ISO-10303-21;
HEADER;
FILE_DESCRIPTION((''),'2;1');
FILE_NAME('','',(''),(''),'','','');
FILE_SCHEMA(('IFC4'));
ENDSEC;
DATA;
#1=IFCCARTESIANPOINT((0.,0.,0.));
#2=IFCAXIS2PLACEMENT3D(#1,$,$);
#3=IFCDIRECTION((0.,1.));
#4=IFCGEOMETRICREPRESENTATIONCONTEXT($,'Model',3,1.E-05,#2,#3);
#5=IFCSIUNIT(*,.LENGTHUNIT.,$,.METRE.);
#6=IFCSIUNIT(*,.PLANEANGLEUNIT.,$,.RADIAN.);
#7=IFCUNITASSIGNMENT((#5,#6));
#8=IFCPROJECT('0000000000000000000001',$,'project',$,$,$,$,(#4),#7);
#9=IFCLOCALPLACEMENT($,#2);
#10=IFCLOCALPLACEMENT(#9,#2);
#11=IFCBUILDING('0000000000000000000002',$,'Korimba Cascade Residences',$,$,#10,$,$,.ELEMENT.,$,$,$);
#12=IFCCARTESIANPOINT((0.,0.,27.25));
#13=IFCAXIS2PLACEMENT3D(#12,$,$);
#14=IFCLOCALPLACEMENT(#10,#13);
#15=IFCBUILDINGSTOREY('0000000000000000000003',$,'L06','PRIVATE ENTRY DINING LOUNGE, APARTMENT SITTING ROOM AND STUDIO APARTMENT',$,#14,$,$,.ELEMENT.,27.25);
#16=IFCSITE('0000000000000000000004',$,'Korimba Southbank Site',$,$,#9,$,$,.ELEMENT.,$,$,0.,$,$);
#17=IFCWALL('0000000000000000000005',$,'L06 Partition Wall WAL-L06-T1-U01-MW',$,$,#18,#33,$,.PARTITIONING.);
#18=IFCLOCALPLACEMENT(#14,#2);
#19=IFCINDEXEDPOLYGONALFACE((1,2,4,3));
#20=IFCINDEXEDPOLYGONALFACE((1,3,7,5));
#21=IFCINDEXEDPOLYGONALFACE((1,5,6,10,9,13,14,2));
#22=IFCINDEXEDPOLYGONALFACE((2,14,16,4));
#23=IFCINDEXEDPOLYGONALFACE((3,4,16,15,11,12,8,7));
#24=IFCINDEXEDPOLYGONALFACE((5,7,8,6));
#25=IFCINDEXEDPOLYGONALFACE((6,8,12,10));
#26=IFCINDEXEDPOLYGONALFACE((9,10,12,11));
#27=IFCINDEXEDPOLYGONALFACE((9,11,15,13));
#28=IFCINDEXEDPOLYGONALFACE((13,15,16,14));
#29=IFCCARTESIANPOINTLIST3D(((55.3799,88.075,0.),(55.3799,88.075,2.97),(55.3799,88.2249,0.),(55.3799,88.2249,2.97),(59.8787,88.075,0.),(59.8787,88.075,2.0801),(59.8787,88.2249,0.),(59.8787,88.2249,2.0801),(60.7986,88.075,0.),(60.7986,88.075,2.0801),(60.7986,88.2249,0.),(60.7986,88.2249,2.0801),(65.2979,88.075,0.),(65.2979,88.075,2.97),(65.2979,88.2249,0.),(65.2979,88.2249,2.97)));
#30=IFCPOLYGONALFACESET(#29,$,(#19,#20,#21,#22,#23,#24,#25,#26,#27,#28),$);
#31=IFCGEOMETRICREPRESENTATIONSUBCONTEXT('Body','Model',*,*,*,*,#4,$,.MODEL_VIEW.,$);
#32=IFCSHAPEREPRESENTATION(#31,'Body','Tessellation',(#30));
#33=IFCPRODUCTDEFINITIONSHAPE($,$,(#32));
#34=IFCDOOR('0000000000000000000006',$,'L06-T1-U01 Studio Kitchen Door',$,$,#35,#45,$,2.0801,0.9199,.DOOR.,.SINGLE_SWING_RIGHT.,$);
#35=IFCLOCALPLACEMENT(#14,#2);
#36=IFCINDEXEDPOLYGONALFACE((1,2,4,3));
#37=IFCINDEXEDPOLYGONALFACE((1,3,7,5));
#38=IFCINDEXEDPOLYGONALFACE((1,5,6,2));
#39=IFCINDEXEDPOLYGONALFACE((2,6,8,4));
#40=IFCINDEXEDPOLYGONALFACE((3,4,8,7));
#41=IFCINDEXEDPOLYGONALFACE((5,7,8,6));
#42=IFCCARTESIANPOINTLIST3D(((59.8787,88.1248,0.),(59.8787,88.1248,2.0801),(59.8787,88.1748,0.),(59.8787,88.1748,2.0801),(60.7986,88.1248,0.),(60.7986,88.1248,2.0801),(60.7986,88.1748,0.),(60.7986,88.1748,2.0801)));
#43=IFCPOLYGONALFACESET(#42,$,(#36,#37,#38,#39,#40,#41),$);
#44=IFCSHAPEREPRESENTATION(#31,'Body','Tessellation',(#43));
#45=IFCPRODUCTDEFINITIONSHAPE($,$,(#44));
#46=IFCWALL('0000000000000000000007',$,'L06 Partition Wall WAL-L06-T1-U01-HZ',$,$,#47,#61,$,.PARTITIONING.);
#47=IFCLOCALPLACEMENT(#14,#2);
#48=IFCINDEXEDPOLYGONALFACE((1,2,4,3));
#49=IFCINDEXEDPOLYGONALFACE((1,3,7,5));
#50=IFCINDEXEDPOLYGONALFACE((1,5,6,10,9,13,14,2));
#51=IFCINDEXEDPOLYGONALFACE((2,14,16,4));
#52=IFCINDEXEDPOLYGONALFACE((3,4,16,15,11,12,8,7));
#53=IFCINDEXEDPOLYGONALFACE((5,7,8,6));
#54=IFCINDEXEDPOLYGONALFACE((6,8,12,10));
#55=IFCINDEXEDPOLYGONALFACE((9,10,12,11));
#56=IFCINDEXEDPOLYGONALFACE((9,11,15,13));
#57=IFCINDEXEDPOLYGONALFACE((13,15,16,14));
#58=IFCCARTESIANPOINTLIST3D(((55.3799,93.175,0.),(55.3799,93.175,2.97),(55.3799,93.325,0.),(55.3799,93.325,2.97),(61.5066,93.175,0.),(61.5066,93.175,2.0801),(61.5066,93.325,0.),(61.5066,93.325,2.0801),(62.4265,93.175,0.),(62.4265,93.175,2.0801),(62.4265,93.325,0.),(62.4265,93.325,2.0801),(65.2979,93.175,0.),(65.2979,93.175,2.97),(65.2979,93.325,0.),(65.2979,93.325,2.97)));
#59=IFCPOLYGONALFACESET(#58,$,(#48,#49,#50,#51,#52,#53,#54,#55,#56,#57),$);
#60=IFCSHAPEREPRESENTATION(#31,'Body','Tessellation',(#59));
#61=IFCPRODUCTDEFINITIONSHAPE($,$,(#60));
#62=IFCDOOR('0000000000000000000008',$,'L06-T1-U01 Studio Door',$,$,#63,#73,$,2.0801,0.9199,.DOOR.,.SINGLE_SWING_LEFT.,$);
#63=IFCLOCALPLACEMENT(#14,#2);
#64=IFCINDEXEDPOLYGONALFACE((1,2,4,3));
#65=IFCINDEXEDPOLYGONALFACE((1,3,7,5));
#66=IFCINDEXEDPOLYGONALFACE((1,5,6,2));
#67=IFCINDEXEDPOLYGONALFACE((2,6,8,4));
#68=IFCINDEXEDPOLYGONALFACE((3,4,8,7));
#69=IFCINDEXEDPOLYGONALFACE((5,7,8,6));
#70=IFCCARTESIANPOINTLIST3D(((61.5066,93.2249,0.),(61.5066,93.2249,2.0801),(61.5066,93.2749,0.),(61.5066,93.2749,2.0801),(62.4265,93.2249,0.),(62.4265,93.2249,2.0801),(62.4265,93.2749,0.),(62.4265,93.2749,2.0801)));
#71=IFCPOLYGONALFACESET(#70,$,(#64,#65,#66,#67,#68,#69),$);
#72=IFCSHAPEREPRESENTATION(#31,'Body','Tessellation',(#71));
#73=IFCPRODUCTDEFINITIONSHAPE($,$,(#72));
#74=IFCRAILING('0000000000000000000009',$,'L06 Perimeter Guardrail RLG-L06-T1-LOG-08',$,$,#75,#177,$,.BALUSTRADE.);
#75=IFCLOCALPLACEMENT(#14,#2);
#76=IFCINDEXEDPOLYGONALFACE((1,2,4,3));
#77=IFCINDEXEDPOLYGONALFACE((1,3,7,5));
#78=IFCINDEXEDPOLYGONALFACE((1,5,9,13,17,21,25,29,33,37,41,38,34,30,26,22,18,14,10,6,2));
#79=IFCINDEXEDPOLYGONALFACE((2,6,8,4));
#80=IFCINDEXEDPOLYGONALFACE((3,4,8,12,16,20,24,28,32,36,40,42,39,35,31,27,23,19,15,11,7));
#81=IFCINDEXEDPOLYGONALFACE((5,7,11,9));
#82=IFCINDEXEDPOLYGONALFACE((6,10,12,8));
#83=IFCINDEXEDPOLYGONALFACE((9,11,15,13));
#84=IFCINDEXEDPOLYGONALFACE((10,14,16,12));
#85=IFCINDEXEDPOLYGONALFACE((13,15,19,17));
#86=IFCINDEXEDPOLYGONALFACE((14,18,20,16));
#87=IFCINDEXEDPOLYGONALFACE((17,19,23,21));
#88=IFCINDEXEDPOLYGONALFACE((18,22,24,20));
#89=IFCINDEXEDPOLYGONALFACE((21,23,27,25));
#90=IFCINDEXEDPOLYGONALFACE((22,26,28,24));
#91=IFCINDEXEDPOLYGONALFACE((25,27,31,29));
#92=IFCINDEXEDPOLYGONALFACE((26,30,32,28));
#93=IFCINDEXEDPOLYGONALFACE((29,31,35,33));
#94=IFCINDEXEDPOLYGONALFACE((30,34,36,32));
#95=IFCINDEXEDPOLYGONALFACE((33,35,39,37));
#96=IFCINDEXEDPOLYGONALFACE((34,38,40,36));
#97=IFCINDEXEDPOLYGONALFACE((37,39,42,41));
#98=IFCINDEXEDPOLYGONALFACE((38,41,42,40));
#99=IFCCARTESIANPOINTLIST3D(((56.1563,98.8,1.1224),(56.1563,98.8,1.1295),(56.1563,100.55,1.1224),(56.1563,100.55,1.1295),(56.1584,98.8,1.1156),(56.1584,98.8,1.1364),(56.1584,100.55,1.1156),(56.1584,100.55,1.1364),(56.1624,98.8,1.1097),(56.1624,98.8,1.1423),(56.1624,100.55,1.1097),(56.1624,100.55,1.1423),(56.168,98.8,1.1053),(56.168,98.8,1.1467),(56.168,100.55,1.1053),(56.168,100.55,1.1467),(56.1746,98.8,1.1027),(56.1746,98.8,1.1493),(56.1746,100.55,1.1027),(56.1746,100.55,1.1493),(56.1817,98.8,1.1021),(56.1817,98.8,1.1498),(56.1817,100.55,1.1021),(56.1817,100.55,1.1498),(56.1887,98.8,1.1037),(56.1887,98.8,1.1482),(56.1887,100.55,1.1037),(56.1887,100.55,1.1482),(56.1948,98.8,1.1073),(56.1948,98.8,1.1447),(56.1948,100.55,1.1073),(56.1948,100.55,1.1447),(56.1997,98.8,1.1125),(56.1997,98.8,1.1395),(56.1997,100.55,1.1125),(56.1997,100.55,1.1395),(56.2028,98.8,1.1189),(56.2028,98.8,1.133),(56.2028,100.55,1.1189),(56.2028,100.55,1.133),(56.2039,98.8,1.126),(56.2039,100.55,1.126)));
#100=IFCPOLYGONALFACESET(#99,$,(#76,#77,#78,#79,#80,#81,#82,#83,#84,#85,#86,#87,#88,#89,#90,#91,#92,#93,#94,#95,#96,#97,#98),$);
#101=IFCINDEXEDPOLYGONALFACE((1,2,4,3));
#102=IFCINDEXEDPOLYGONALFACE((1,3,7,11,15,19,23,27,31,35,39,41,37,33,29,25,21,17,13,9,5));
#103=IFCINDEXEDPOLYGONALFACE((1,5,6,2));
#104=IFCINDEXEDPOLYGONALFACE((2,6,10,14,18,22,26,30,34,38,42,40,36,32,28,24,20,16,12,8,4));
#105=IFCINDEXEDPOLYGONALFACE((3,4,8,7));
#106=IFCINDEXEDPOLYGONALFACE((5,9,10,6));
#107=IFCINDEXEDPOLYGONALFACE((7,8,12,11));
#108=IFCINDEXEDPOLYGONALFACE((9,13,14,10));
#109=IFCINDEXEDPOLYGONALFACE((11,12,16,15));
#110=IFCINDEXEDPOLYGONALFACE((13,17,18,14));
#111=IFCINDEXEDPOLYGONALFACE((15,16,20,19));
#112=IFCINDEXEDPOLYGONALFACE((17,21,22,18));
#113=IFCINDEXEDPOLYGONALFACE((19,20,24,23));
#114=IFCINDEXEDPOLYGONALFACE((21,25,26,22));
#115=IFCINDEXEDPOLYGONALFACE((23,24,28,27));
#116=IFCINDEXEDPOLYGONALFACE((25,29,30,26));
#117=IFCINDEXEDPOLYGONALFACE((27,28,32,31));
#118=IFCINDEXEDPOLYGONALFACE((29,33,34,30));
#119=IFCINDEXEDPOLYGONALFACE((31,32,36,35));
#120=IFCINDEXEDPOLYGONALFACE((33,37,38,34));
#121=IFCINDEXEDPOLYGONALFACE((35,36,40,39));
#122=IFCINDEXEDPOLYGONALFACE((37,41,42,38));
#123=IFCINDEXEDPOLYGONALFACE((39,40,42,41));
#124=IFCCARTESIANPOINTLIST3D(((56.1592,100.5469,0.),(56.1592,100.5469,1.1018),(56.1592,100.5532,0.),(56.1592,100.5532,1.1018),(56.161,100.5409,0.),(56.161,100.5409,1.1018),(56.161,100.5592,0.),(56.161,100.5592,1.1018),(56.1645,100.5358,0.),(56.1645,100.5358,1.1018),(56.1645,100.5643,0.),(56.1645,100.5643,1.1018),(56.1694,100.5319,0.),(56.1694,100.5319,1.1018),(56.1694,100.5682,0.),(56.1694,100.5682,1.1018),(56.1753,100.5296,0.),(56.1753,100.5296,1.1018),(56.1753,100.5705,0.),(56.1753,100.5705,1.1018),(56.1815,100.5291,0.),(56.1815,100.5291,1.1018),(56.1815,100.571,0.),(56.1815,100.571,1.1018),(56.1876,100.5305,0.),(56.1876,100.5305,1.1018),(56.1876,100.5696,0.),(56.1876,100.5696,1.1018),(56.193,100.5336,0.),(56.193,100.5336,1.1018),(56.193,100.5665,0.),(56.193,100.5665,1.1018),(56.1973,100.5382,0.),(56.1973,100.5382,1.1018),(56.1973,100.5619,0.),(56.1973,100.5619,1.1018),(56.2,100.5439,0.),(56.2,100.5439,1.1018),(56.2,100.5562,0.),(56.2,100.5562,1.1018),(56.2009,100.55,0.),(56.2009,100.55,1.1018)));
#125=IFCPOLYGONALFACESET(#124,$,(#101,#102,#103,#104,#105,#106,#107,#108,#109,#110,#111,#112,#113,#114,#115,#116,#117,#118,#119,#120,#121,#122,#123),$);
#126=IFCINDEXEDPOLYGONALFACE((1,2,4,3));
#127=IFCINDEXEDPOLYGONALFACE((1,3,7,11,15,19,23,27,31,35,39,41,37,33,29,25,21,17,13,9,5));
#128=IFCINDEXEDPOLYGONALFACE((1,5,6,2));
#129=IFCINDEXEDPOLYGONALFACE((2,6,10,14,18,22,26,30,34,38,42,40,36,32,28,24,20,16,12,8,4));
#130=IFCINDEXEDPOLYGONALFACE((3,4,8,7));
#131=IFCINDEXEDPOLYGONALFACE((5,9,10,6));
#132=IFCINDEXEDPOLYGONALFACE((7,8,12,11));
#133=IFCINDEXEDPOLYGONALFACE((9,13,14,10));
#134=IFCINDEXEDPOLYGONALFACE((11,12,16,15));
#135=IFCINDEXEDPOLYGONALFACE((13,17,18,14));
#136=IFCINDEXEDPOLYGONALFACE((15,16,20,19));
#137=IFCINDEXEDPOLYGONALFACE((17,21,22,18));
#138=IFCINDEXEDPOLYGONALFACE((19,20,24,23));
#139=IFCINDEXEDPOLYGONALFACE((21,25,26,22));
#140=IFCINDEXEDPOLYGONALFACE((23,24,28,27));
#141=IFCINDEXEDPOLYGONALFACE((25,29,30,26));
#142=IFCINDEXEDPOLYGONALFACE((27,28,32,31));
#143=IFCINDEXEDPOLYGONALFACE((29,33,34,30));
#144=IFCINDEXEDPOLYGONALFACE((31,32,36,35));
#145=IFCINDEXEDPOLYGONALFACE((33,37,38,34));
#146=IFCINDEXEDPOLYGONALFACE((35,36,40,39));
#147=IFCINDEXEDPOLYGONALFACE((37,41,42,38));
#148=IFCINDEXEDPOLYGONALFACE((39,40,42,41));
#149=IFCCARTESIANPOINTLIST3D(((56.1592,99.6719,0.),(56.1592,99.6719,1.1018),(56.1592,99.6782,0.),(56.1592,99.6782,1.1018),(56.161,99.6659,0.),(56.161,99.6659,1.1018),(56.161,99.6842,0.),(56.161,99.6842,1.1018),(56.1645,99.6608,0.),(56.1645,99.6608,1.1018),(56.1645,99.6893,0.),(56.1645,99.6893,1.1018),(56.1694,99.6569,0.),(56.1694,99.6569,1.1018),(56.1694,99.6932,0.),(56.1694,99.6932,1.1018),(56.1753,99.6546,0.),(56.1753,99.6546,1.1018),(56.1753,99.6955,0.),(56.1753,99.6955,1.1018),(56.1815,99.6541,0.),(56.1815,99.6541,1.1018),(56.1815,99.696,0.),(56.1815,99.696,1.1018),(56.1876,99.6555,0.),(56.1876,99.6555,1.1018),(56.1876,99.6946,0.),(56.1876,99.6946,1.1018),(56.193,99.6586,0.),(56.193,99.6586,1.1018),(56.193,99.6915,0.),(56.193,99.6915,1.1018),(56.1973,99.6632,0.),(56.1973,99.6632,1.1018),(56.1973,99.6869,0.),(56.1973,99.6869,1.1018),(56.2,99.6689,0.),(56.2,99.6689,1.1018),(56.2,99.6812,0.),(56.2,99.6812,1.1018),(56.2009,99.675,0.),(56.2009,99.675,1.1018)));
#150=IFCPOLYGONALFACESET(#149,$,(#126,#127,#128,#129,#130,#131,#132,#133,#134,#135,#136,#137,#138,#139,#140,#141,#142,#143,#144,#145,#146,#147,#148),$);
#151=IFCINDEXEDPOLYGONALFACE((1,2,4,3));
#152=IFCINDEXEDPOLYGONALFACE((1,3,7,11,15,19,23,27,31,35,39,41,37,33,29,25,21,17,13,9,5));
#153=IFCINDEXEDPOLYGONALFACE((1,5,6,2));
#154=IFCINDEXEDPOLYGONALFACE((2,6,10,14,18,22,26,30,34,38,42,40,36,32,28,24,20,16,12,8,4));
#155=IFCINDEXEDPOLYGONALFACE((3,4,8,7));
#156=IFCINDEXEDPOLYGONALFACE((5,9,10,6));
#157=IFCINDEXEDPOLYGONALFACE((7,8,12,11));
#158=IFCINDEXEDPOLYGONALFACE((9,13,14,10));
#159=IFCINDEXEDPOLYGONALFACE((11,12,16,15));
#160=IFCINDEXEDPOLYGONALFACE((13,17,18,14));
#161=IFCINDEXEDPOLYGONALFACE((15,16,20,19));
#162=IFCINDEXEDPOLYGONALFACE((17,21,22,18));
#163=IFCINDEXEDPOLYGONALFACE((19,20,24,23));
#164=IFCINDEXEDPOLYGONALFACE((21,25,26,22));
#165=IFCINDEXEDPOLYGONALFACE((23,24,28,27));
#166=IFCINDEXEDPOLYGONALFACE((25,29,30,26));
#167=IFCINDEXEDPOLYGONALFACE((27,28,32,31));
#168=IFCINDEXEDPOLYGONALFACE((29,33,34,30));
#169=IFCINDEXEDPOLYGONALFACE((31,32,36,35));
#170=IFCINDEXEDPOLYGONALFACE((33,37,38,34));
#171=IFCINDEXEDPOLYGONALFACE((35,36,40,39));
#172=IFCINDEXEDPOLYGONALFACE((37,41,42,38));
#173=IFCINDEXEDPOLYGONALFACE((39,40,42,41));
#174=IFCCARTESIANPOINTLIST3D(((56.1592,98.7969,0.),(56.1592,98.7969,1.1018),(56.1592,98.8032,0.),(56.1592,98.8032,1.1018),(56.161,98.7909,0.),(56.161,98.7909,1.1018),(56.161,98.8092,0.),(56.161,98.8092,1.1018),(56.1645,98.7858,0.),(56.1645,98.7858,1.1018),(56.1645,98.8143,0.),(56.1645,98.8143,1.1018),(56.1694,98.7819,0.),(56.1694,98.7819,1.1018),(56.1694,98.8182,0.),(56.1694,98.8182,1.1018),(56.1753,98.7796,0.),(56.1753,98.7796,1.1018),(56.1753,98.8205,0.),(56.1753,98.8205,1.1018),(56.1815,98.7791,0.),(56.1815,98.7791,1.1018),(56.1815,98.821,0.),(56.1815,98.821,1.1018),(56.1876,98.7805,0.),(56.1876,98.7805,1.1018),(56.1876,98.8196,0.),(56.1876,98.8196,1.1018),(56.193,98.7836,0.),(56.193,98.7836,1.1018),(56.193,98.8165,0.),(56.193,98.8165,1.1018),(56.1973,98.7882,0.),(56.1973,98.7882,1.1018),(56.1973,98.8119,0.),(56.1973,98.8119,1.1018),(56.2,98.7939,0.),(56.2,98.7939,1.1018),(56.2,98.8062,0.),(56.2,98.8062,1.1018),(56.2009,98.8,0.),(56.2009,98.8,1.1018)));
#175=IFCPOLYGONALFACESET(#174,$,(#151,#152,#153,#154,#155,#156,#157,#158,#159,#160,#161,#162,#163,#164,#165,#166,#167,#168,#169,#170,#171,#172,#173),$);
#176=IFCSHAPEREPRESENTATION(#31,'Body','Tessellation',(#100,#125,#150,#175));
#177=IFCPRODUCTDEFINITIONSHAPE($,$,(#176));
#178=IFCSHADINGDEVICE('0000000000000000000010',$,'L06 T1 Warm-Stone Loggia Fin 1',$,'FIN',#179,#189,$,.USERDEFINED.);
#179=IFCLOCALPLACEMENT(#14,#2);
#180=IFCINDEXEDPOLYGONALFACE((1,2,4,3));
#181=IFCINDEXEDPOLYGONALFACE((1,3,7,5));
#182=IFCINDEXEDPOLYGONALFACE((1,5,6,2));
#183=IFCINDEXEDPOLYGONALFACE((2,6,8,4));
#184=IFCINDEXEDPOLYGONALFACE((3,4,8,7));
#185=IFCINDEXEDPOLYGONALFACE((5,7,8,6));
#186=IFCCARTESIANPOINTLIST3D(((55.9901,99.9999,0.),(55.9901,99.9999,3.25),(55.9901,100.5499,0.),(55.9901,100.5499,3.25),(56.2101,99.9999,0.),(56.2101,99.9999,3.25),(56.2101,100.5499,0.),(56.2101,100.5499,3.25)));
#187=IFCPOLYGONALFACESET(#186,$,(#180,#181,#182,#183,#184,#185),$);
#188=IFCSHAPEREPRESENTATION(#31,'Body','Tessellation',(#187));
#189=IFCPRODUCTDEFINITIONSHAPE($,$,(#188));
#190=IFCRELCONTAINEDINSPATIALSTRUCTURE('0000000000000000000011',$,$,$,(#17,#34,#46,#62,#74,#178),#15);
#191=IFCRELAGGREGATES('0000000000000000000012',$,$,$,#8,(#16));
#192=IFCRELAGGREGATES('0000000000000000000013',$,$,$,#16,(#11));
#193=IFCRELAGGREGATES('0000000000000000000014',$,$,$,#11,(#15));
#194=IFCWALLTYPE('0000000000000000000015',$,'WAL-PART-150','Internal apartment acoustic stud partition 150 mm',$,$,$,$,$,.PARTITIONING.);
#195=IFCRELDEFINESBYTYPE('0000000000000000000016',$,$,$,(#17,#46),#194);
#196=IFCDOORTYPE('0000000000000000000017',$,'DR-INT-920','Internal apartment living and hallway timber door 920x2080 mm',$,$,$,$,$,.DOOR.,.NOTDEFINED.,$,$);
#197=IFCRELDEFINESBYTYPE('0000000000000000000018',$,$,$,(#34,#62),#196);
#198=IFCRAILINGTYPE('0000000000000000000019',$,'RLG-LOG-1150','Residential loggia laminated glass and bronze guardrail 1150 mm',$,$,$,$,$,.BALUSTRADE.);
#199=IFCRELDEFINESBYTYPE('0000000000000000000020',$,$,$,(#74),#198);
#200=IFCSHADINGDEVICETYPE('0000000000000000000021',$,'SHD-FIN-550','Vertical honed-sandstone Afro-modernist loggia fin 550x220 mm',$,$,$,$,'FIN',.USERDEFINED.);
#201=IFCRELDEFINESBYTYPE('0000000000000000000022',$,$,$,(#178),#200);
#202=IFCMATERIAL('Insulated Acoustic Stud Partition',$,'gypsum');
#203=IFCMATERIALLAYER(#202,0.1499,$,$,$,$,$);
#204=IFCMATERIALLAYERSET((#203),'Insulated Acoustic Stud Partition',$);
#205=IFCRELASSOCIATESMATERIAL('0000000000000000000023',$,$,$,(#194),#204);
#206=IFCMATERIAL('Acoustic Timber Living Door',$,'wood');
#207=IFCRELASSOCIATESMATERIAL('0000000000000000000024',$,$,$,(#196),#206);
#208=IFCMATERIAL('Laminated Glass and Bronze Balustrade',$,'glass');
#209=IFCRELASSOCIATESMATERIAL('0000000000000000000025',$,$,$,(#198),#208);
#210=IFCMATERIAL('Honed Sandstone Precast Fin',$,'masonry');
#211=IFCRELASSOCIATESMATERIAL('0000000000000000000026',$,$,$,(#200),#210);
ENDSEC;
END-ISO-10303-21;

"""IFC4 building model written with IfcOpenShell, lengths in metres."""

from ifc_helpers import new_model, si_unit, direction, frame, frame_2d, origin, origin_2d, place, context, subcontext, project, spatial, rectangle, circle, extrude, material, layer, layer_set, type_object, element, fill, save


model = new_model("IFC4")

# Units and contexts
model_context = context("Model", 3, precision=1e-05, world=origin(), true_north=direction((0.0, 1.0)))
body_context = subcontext(model_context, "Body", "Model", "MODEL_VIEW")
ifc_project = project(units=[si_unit("LENGTHUNIT", "METRE"), si_unit("PLANEANGLEUNIT", "RADIAN")], contexts=[model_context])

# Site, building, storey
site_placement = place(None, origin())
site = spatial("IfcSite", under=ifc_project, at=site_placement, Name="Korimba Southbank Site", CompositionType="ELEMENT", RefElevation=0.0)
building_placement = place(site_placement, origin())
building = spatial("IfcBuilding", under=site, at=building_placement, Name="Korimba Cascade Residences", CompositionType="ELEMENT")
storey_placement = place(building_placement, frame((0.0, 0.0, 27.25)))
storey = spatial("IfcBuildingStorey", under=building, at=storey_placement, Name="L06", Description="PRIVATE ENTRY DINING LOUNGE, APARTMENT SITTING ROOM AND STUDIO APARTMENT", CompositionType="ELEMENT", Elevation=27.25)

# Walls, openings, doors
ifc_material_1 = material(Name="Insulated Acoustic Stud Partition", Category="gypsum")
ifc_layer_1 = layer(ifc_material_1, 0.1499)
ifc_layer_set_1 = layer_set([ifc_layer_1], Name="Insulated Acoustic Stud Partition")
wall_type_1 = type_object("IfcWallType", Name="WAL-PART-150", Description="Internal apartment acoustic stud partition 150 mm", PredefinedType="PARTITIONING", material=ifc_layer_set_1)
wall_1_placement = place(storey_placement, frame((55.3799, 88.1499, 0.0), z_axis=(0.0, 0.0, 1.0), x_axis=(1.0, 0.0, 0.0)))
wall_1 = element("IfcWall", 1, at=wall_1_placement, inside=storey, type_object=wall_type_1, Name="L06 Partition Wall WAL-L06-T1-U01-MW", PredefinedType="PARTITIONING", context=body_context, shape_type="SweptSolid", body=[
    extrude(rectangle(XDim=9.918, YDim=0.1499, at=frame_2d((4.959, 0.0))), origin(), (0.0, 0.0, 1.0), 2.97),
])
opening_1_placement = place(wall_1_placement, frame((4.4988, 0.0, 0.0)))
opening_1 = element("IfcOpeningElement", 2, at=opening_1_placement, cuts=wall_1, PredefinedType="OPENING", context=body_context, shape_type="SweptSolid", body=[
    extrude(rectangle(XDim=0.9199, YDim=2.0801, at=frame_2d((0.46, 1.04))), frame((0.0, 0.085, 0.0), z_axis=(0.0, -1.0, 0.0), x_axis=(1.0, 0.0, 0.0)), (0.0, 0.0, 1.0), 0.1699),
])
ifc_material_2 = material(Name="Acoustic Timber Living Door", Category="wood")
door_type_1 = type_object("IfcDoorType", Name="DR-INT-920", Description="Internal apartment living and hallway timber door 920x2080 mm", OperationType="NOTDEFINED", PredefinedType="DOOR", material=ifc_material_2)
door_1_placement = place(opening_1_placement, origin())
door_1 = element("IfcDoor", 3, at=door_1_placement, inside=storey, type_object=door_type_1, Name="L06-T1-U01 Studio Kitchen Door", OperationType="SINGLE_SWING_RIGHT", OverallHeight=2.0801, OverallWidth=0.9199, PredefinedType="DOOR", context=body_context, shape_type="SweptSolid", body=[
    extrude(rectangle(XDim=0.9199, YDim=2.0801, at=frame_2d((0.46, 1.04))), frame((0.0, 0.0249, 0.0), z_axis=(0.0, -1.0, 0.0), x_axis=(1.0, 0.0, 0.0)), (0.0, 0.0, 1.0), 0.05),
])
fill(opening_1, door_1)
wall_2_placement = place(storey_placement, frame((55.3799, 93.25, 0.0), z_axis=(0.0, 0.0, 1.0), x_axis=(1.0, 0.0, 0.0)))
wall_2 = element("IfcWall", 4, at=wall_2_placement, inside=storey, type_object=wall_type_1, Name="L06 Partition Wall WAL-L06-T1-U01-HZ", PredefinedType="PARTITIONING", context=body_context, shape_type="SweptSolid", body=[
    extrude(rectangle(XDim=9.918, YDim=0.1499, at=frame_2d((4.959, 0.0))), origin(), (0.0, 0.0, 1.0), 2.97),
])
opening_2_placement = place(wall_2_placement, frame((6.1267, 0.0, 0.0)))
opening_2 = element("IfcOpeningElement", 5, at=opening_2_placement, cuts=wall_2, PredefinedType="OPENING", context=body_context, shape_type="SweptSolid", body=[
    extrude(rectangle(XDim=0.9199, YDim=2.0801, at=frame_2d((0.46, 1.04))), frame((0.0, 0.085, 0.0), z_axis=(0.0, -1.0, 0.0), x_axis=(1.0, 0.0, 0.0)), (0.0, 0.0, 1.0), 0.1699),
])
door_2_placement = place(opening_2_placement, origin())
door_2 = element("IfcDoor", 6, at=door_2_placement, inside=storey, type_object=door_type_1, Name="L06-T1-U01 Studio Door", OperationType="SINGLE_SWING_LEFT", OverallHeight=2.0801, OverallWidth=0.9199, PredefinedType="DOOR", context=body_context, shape_type="SweptSolid", body=[
    extrude(rectangle(XDim=0.9199, YDim=2.0801, at=frame_2d((0.46, 1.04))), frame((0.0, 0.0249, 0.0), z_axis=(0.0, -1.0, 0.0), x_axis=(1.0, 0.0, 0.0)), (0.0, 0.0, 1.0), 0.05),
])
fill(opening_2, door_2)

# Railing
ifc_material_3 = material(Name="Laminated Glass and Bronze Balustrade", Category="glass")
railing_type = type_object("IfcRailingType", Name="RLG-LOG-1150", Description="Residential loggia laminated glass and bronze guardrail 1150 mm", PredefinedType="BALUSTRADE", material=ifc_material_3)
railing_placement = place(storey_placement, frame((56.1799, 100.55, 0.0)))
element("IfcRailing", 7, at=railing_placement, inside=storey, type_object=railing_type, Name="L06 Perimeter Guardrail RLG-L06-T1-LOG-08", PredefinedType="BALUSTRADE", context=body_context, shape_type="SweptSolid", body=[
    extrude(circle(Radius=0.0239, at=origin_2d()), frame((0.0, 0.0, 1.126), z_axis=(0.0, -1.0, 0.0), x_axis=(1.0, 0.0, 0.0)), (0.0, 0.0, 1.0), 1.75),
    extrude(circle(Radius=0.021, at=origin_2d()), origin(), (0.0, 0.0, 1.0), 1.1018),
    extrude(circle(Radius=0.021, at=origin_2d()), frame((0.0, -0.875, 0.0)), (0.0, 0.0, 1.0), 1.1018),
    extrude(circle(Radius=0.021, at=origin_2d()), frame((0.0, -1.75, 0.0)), (0.0, 0.0, 1.0), 1.1018),
])

# Shading device
ifc_material_4 = material(Name="Honed Sandstone Precast Fin", Category="masonry")
shading_device_type = type_object("IfcShadingDeviceType", Name="SHD-FIN-550", Description="Vertical honed-sandstone Afro-modernist loggia fin 550x220 mm", ElementType="FIN", PredefinedType="USERDEFINED", material=ifc_material_4)
shading_device_placement = place(storey_placement, frame((56.1001, 100.2749, 0.0), z_axis=(0.0, 0.0, 1.0), x_axis=(1.0, 0.0, 0.0)))
element("IfcShadingDevice", 8, at=shading_device_placement, inside=storey, type_object=shading_device_type, Name="L06 T1 Warm-Stone Loggia Fin 1", ObjectType="FIN", PredefinedType="USERDEFINED", context=body_context, shape_type="SweptSolid", body=[
    extrude(rectangle(XDim=0.22, YDim=0.55, at=origin_2d()), origin(), (0.0, 0.0, 1.0), 3.25),
])

save(model, "model.ifc")
